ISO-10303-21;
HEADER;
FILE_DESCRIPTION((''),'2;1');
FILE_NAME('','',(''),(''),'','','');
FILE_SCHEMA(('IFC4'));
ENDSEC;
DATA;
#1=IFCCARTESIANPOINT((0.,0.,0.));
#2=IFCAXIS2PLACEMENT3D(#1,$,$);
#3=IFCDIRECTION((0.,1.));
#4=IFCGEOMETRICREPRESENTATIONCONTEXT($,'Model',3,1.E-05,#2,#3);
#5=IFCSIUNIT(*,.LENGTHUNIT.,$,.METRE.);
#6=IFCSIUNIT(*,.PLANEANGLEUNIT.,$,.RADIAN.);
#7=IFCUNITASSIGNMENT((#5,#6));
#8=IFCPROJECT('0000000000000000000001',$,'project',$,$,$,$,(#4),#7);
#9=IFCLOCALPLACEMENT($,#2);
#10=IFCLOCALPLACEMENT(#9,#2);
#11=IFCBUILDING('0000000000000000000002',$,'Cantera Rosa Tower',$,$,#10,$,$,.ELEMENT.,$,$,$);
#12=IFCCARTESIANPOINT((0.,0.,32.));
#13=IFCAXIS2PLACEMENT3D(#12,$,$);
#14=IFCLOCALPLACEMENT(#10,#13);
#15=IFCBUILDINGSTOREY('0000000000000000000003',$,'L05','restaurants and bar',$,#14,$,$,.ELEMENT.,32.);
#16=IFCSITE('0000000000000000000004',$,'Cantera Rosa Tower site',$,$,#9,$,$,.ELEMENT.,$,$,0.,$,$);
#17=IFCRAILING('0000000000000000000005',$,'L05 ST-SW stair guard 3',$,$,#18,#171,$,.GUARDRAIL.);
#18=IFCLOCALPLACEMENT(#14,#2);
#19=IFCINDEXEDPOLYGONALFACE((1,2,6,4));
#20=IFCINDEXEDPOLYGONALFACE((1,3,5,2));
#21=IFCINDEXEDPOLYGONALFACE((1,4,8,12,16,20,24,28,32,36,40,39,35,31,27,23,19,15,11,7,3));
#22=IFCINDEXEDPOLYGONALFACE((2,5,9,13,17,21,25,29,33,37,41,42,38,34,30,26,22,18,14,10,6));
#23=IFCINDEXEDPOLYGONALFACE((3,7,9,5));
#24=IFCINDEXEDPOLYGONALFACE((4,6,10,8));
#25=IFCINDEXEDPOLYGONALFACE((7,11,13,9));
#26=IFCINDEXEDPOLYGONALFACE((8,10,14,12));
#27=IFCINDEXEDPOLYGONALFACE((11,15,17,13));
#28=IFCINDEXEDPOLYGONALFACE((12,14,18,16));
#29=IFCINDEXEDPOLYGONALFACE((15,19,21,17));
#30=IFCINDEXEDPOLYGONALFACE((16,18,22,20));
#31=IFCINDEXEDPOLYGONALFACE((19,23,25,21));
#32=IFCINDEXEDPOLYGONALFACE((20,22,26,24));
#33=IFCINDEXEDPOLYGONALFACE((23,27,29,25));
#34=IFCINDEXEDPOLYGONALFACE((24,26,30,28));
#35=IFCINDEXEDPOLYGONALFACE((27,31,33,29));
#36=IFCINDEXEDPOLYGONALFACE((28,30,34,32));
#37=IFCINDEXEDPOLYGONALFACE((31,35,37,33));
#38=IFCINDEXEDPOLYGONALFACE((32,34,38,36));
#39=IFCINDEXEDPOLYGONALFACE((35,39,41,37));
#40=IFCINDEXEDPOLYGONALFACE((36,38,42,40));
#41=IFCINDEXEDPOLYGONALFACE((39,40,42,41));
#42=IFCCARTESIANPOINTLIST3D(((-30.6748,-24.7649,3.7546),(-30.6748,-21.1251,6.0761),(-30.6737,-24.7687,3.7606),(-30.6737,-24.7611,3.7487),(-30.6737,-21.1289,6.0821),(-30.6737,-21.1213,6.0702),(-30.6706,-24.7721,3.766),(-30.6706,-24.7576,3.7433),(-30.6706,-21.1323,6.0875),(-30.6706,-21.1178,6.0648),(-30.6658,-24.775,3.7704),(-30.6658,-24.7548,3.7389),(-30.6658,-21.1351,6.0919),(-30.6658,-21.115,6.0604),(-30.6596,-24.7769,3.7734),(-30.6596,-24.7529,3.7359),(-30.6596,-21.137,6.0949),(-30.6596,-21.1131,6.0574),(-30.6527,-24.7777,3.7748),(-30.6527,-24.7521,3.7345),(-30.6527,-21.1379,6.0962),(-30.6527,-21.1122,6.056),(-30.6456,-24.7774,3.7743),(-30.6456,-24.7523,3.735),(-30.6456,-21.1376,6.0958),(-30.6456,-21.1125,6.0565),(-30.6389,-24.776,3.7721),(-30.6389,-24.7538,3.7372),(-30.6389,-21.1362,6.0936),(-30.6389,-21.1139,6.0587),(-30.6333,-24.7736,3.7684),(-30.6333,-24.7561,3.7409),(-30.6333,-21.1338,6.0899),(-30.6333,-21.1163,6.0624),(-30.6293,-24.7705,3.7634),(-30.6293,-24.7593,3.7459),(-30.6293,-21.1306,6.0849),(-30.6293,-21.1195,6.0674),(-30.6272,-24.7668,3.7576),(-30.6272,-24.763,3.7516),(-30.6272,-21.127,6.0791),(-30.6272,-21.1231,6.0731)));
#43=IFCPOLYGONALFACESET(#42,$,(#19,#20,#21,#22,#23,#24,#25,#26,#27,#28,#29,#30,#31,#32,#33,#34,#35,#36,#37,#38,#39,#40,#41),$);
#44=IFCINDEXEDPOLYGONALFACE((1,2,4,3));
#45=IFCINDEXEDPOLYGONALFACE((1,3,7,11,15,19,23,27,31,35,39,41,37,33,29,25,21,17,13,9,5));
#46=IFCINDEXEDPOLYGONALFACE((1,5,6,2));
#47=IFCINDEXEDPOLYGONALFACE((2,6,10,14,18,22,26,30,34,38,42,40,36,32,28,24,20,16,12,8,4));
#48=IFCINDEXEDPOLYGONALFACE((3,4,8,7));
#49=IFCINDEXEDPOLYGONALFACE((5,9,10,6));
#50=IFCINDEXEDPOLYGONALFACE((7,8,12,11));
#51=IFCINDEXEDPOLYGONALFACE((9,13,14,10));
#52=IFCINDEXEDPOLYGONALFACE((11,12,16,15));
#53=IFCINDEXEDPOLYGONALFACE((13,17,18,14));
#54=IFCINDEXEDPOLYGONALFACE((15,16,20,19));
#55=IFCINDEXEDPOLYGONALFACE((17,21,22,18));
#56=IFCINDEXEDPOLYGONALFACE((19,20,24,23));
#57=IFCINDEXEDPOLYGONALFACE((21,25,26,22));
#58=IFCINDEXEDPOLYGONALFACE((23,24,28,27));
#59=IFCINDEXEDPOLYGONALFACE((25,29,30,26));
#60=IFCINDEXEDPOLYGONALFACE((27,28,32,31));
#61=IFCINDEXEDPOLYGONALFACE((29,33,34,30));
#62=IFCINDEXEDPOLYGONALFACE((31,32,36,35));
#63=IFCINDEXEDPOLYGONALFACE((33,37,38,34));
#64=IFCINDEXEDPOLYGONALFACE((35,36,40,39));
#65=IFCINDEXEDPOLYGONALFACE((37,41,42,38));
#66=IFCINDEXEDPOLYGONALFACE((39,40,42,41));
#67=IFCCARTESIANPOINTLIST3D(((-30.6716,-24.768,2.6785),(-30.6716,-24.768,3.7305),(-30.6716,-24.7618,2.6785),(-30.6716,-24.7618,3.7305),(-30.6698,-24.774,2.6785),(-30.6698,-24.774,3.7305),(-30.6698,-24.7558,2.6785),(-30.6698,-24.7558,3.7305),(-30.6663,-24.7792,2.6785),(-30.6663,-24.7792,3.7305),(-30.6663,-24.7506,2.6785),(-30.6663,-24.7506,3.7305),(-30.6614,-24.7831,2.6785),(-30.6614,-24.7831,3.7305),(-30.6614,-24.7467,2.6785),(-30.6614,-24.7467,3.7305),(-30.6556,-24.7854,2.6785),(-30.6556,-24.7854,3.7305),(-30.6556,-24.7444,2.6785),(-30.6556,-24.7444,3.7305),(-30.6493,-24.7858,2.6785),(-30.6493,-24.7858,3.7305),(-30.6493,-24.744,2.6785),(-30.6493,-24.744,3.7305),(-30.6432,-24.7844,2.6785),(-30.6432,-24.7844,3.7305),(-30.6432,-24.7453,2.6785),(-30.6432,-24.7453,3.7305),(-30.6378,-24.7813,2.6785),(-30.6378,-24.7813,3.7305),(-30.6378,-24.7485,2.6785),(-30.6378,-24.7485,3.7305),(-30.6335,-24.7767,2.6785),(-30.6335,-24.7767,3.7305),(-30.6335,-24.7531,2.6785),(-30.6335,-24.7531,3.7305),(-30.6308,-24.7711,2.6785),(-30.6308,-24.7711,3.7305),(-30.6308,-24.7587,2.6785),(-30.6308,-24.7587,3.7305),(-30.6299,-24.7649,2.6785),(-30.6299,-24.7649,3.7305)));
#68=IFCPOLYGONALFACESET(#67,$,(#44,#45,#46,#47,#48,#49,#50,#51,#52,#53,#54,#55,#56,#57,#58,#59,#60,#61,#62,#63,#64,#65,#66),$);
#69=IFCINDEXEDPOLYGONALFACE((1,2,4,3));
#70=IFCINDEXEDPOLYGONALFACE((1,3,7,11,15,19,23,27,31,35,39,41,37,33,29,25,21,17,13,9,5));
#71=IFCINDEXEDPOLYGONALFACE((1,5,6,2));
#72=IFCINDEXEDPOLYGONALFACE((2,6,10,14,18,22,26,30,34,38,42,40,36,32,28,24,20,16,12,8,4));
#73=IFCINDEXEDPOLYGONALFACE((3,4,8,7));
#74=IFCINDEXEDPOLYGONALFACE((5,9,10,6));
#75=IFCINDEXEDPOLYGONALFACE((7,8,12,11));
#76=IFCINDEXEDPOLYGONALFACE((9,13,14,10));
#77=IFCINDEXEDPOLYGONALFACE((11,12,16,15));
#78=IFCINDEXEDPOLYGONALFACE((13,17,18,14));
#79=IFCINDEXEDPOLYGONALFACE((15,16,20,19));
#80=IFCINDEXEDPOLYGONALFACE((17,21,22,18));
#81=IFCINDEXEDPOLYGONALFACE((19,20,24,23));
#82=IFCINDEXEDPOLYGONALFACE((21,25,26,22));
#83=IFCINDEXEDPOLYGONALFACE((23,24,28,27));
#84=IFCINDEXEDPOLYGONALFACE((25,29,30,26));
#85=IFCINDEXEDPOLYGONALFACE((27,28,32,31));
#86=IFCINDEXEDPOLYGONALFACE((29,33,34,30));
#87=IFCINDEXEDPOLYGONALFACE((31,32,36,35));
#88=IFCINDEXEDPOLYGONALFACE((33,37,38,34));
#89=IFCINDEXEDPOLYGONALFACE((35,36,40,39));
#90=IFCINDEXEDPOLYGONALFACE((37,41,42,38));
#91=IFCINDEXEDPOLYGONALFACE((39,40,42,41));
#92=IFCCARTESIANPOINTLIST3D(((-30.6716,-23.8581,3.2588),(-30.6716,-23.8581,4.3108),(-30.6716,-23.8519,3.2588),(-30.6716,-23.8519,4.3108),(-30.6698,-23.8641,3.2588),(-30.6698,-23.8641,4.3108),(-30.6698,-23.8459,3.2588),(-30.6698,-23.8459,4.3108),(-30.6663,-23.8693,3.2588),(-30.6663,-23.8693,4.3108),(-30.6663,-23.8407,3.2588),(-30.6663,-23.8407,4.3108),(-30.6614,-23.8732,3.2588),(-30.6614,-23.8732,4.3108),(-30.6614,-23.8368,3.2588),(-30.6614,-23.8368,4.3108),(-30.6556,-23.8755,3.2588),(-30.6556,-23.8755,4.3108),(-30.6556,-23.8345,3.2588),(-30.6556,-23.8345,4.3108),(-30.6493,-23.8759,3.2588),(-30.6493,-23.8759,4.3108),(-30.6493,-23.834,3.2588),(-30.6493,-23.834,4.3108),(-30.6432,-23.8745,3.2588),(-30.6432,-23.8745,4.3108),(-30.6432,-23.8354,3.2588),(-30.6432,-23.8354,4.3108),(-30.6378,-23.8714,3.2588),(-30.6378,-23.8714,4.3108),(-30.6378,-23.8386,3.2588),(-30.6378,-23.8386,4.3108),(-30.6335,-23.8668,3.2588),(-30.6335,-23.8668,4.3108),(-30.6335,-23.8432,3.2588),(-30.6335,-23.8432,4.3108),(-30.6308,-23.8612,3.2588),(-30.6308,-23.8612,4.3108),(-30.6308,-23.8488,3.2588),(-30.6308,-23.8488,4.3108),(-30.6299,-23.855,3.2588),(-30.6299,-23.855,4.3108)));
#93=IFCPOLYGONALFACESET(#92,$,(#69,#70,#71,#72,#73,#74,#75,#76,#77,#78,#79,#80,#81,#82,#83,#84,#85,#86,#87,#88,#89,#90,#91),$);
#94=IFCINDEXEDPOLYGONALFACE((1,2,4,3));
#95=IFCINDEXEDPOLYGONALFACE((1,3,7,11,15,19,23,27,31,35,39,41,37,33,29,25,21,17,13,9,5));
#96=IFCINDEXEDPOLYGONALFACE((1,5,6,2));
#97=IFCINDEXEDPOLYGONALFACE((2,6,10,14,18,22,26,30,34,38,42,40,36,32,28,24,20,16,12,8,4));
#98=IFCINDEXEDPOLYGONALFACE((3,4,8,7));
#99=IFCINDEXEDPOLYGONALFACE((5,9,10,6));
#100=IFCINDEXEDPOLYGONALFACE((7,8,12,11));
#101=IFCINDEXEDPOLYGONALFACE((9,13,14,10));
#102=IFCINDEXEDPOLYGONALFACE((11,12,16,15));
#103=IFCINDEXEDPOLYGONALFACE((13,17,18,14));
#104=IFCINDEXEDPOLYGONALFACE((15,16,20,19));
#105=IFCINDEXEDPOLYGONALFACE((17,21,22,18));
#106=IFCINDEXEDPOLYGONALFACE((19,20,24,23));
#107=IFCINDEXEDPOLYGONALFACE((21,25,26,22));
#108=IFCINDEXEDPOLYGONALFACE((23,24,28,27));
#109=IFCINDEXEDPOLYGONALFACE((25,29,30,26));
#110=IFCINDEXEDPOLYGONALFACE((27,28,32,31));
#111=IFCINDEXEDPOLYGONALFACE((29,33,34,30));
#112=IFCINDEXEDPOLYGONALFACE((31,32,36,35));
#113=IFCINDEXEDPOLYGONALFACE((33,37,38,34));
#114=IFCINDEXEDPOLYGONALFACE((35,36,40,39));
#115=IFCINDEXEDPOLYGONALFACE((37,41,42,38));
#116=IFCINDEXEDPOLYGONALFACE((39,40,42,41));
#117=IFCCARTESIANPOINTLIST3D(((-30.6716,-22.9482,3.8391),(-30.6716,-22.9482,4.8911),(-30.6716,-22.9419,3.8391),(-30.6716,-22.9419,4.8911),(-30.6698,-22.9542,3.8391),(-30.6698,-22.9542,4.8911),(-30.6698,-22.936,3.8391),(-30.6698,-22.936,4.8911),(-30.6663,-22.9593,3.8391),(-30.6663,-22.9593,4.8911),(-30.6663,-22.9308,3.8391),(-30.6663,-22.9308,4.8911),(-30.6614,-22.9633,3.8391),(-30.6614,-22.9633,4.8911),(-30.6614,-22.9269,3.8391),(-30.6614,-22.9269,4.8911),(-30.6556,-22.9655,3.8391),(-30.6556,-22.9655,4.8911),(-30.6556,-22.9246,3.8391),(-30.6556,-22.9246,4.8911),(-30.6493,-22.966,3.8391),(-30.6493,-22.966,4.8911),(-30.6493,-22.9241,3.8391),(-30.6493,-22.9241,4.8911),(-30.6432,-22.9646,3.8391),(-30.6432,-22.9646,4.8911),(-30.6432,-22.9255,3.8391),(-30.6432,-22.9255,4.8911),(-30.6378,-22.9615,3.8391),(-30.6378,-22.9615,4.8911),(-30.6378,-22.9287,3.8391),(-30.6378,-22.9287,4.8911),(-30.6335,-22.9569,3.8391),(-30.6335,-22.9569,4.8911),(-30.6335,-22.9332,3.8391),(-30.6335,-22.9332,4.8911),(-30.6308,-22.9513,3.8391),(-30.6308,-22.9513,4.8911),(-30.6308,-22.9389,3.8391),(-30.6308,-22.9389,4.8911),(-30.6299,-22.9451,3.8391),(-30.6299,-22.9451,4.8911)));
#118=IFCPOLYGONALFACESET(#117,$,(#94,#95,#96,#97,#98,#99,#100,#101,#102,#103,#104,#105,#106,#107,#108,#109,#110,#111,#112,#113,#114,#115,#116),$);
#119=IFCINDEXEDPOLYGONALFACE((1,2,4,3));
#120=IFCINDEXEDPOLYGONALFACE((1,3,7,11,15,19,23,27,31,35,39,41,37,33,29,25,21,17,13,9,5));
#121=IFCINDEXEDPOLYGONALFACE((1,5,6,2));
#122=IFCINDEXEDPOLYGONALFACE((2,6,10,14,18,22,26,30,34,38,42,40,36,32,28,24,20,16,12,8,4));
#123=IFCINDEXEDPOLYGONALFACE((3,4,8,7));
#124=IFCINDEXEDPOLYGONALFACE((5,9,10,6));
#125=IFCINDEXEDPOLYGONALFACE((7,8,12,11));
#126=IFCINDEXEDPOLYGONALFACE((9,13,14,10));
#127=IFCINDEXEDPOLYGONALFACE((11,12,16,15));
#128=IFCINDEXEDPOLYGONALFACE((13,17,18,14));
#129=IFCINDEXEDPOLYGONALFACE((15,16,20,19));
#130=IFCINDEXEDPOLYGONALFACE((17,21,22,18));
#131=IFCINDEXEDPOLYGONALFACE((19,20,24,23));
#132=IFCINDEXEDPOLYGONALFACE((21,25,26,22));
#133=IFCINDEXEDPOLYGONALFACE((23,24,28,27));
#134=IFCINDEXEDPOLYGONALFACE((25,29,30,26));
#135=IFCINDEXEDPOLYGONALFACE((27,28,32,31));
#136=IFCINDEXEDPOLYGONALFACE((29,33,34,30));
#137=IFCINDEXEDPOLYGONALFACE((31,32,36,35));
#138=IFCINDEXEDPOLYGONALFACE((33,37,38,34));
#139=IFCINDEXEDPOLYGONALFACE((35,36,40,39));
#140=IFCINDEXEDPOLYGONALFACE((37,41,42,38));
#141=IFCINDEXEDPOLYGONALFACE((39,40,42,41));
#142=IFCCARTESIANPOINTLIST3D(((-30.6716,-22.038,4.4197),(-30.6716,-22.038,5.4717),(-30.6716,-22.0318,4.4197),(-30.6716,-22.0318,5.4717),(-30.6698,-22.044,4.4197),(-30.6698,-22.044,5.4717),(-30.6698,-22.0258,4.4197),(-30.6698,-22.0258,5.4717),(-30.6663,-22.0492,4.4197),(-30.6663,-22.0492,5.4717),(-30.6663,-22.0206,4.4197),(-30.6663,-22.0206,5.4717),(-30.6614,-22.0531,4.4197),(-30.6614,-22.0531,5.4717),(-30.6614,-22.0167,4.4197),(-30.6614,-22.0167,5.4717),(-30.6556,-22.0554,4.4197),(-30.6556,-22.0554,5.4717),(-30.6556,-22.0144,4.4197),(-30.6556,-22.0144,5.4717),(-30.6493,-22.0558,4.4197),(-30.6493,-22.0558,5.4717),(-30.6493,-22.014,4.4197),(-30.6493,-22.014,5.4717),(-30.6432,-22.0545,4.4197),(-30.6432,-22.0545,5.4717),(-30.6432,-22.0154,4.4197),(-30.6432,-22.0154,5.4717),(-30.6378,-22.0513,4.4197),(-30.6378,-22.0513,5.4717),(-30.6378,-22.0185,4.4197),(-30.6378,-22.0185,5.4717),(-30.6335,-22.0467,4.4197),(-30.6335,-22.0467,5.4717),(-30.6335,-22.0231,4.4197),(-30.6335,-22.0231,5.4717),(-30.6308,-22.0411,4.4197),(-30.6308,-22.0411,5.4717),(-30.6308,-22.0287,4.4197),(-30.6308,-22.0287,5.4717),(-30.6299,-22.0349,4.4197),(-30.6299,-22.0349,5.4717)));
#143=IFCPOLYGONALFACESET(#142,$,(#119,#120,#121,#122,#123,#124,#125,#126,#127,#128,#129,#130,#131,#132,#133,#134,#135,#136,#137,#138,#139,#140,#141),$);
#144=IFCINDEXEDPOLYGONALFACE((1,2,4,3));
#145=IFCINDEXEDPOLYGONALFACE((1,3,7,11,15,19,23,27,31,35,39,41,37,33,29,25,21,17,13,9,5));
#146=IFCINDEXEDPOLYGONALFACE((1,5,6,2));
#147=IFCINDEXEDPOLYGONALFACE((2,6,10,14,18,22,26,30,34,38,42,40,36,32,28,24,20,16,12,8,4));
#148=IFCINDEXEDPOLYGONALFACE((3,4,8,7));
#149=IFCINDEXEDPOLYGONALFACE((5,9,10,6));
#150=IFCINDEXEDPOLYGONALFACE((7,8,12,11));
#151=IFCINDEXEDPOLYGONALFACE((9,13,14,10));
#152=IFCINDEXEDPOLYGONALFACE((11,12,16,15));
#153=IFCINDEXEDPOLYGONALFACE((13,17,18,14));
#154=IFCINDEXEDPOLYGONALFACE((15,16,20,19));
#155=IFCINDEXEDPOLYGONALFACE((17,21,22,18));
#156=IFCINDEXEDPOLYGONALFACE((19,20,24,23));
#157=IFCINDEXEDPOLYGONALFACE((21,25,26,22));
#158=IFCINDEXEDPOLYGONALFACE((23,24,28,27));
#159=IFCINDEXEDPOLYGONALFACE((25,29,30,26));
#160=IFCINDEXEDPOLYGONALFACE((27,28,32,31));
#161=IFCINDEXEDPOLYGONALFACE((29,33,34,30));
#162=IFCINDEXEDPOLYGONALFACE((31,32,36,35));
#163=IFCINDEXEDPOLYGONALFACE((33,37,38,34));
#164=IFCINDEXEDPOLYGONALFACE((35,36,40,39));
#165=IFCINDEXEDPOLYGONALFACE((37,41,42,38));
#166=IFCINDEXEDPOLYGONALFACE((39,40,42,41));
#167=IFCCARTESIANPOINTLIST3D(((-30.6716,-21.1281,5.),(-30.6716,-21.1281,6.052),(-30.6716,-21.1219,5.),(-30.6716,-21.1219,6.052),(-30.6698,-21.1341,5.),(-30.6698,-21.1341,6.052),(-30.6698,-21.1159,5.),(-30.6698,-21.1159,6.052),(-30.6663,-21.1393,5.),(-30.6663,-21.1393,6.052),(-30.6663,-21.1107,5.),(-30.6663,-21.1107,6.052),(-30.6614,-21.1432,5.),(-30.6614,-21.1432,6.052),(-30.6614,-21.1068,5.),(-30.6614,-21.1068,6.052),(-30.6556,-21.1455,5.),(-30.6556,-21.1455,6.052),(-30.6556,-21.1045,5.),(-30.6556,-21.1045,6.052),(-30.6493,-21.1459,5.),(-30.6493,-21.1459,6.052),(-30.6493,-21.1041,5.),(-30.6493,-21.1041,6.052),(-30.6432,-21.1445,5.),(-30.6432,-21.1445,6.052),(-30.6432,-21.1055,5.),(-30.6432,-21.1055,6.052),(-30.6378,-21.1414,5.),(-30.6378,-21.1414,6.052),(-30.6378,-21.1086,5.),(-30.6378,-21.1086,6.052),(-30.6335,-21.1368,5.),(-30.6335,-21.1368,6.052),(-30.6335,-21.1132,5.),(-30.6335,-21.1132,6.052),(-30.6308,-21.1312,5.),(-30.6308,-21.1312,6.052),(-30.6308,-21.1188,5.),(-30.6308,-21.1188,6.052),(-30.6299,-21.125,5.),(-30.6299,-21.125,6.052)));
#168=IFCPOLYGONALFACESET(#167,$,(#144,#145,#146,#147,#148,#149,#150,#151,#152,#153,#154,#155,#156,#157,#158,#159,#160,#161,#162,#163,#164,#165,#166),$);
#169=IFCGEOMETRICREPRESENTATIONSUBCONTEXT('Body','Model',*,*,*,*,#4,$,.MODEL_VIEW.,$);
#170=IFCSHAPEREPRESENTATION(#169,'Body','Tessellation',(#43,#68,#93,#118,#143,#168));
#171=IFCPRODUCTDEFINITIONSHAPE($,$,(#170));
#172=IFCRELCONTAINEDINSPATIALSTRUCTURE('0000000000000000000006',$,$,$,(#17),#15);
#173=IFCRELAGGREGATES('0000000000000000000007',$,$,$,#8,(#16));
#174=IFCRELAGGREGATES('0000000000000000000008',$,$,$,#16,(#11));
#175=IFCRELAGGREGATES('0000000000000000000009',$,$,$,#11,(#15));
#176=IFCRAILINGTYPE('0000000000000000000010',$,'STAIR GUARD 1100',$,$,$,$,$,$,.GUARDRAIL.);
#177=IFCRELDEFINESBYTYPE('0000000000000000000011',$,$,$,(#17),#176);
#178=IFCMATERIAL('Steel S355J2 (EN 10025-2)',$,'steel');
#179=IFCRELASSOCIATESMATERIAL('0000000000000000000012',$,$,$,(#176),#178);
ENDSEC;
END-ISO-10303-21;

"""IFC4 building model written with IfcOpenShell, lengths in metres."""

from ifc_helpers import new_model, si_unit, direction, frame, origin, origin_2d, place, context, subcontext, project, spatial, circle, extrude, material, type_object, element, save


model = new_model("IFC4")

# Units and contexts
model_context = context("Model", 3, precision=1e-05, world=origin(), true_north=direction((0.0, 1.0)))
body_context = subcontext(model_context, "Body", "Model", "MODEL_VIEW")
ifc_project = project(units=[si_unit("LENGTHUNIT", "METRE"), si_unit("PLANEANGLEUNIT", "RADIAN")], contexts=[model_context])

# Site, building, storey
site_placement = place(None, origin())
site = spatial("IfcSite", under=ifc_project, at=site_placement, Name="Cantera Rosa Tower site", CompositionType="ELEMENT", RefElevation=0.0)
building_placement = place(site_placement, origin())
building = spatial("IfcBuilding", under=site, at=building_placement, Name="Cantera Rosa Tower", CompositionType="ELEMENT")
storey_placement = place(building_placement, frame((0.0, 0.0, 32.0)))
storey = spatial("IfcBuildingStorey", under=building, at=storey_placement, Name="L05", Description="restaurants and bar", CompositionType="ELEMENT", Elevation=32.0)

# Railing
ifc_material_1 = material(Name="Steel S355J2 (EN 10025-2)", Category="steel")
railing_type_1 = type_object("IfcRailingType", Name="STAIR GUARD 1100", PredefinedType="GUARDRAIL", material=ifc_material_1)
railing_1_placement = place(storey_placement, frame((-30.6509, -24.7649, 2.6785)))
element("IfcRailing", 1, at=railing_1_placement, inside=storey, type_object=railing_type_1, Name="L05 ST-SW stair guard 3", PredefinedType="GUARDRAIL", context=body_context, shape_type="SweptSolid", body=[
    extrude(circle(Radius=0.0239, at=origin_2d()), frame((0.0, 0.0, 1.0762), z_axis=(0.0, 0.843112, 0.537739), x_axis=(-1.0, 0.0, 0.0)), (0.0, 0.0, 1.0), 4.3171),
    extrude(circle(Radius=0.021, at=origin_2d()), origin(), (0.0, 0.0, 1.0), 1.052),
    extrude(circle(Radius=0.021, at=origin_2d()), frame((0.0, 0.9099, 0.5803)), (0.0, 0.0, 1.0), 1.052),
    extrude(circle(Radius=0.021, at=origin_2d()), frame((0.0, 1.8198, 1.1606)), (0.0, 0.0, 1.0), 1.052),
    extrude(circle(Radius=0.021, at=origin_2d()), frame((0.0, 2.73, 1.7412)), (0.0, 0.0, 1.0), 1.052),
    extrude(circle(Radius=0.021, at=origin_2d()), frame((0.0, 3.6399, 2.3215)), (0.0, 0.0, 1.0), 1.052),
])

save(model, "model.ifc")
